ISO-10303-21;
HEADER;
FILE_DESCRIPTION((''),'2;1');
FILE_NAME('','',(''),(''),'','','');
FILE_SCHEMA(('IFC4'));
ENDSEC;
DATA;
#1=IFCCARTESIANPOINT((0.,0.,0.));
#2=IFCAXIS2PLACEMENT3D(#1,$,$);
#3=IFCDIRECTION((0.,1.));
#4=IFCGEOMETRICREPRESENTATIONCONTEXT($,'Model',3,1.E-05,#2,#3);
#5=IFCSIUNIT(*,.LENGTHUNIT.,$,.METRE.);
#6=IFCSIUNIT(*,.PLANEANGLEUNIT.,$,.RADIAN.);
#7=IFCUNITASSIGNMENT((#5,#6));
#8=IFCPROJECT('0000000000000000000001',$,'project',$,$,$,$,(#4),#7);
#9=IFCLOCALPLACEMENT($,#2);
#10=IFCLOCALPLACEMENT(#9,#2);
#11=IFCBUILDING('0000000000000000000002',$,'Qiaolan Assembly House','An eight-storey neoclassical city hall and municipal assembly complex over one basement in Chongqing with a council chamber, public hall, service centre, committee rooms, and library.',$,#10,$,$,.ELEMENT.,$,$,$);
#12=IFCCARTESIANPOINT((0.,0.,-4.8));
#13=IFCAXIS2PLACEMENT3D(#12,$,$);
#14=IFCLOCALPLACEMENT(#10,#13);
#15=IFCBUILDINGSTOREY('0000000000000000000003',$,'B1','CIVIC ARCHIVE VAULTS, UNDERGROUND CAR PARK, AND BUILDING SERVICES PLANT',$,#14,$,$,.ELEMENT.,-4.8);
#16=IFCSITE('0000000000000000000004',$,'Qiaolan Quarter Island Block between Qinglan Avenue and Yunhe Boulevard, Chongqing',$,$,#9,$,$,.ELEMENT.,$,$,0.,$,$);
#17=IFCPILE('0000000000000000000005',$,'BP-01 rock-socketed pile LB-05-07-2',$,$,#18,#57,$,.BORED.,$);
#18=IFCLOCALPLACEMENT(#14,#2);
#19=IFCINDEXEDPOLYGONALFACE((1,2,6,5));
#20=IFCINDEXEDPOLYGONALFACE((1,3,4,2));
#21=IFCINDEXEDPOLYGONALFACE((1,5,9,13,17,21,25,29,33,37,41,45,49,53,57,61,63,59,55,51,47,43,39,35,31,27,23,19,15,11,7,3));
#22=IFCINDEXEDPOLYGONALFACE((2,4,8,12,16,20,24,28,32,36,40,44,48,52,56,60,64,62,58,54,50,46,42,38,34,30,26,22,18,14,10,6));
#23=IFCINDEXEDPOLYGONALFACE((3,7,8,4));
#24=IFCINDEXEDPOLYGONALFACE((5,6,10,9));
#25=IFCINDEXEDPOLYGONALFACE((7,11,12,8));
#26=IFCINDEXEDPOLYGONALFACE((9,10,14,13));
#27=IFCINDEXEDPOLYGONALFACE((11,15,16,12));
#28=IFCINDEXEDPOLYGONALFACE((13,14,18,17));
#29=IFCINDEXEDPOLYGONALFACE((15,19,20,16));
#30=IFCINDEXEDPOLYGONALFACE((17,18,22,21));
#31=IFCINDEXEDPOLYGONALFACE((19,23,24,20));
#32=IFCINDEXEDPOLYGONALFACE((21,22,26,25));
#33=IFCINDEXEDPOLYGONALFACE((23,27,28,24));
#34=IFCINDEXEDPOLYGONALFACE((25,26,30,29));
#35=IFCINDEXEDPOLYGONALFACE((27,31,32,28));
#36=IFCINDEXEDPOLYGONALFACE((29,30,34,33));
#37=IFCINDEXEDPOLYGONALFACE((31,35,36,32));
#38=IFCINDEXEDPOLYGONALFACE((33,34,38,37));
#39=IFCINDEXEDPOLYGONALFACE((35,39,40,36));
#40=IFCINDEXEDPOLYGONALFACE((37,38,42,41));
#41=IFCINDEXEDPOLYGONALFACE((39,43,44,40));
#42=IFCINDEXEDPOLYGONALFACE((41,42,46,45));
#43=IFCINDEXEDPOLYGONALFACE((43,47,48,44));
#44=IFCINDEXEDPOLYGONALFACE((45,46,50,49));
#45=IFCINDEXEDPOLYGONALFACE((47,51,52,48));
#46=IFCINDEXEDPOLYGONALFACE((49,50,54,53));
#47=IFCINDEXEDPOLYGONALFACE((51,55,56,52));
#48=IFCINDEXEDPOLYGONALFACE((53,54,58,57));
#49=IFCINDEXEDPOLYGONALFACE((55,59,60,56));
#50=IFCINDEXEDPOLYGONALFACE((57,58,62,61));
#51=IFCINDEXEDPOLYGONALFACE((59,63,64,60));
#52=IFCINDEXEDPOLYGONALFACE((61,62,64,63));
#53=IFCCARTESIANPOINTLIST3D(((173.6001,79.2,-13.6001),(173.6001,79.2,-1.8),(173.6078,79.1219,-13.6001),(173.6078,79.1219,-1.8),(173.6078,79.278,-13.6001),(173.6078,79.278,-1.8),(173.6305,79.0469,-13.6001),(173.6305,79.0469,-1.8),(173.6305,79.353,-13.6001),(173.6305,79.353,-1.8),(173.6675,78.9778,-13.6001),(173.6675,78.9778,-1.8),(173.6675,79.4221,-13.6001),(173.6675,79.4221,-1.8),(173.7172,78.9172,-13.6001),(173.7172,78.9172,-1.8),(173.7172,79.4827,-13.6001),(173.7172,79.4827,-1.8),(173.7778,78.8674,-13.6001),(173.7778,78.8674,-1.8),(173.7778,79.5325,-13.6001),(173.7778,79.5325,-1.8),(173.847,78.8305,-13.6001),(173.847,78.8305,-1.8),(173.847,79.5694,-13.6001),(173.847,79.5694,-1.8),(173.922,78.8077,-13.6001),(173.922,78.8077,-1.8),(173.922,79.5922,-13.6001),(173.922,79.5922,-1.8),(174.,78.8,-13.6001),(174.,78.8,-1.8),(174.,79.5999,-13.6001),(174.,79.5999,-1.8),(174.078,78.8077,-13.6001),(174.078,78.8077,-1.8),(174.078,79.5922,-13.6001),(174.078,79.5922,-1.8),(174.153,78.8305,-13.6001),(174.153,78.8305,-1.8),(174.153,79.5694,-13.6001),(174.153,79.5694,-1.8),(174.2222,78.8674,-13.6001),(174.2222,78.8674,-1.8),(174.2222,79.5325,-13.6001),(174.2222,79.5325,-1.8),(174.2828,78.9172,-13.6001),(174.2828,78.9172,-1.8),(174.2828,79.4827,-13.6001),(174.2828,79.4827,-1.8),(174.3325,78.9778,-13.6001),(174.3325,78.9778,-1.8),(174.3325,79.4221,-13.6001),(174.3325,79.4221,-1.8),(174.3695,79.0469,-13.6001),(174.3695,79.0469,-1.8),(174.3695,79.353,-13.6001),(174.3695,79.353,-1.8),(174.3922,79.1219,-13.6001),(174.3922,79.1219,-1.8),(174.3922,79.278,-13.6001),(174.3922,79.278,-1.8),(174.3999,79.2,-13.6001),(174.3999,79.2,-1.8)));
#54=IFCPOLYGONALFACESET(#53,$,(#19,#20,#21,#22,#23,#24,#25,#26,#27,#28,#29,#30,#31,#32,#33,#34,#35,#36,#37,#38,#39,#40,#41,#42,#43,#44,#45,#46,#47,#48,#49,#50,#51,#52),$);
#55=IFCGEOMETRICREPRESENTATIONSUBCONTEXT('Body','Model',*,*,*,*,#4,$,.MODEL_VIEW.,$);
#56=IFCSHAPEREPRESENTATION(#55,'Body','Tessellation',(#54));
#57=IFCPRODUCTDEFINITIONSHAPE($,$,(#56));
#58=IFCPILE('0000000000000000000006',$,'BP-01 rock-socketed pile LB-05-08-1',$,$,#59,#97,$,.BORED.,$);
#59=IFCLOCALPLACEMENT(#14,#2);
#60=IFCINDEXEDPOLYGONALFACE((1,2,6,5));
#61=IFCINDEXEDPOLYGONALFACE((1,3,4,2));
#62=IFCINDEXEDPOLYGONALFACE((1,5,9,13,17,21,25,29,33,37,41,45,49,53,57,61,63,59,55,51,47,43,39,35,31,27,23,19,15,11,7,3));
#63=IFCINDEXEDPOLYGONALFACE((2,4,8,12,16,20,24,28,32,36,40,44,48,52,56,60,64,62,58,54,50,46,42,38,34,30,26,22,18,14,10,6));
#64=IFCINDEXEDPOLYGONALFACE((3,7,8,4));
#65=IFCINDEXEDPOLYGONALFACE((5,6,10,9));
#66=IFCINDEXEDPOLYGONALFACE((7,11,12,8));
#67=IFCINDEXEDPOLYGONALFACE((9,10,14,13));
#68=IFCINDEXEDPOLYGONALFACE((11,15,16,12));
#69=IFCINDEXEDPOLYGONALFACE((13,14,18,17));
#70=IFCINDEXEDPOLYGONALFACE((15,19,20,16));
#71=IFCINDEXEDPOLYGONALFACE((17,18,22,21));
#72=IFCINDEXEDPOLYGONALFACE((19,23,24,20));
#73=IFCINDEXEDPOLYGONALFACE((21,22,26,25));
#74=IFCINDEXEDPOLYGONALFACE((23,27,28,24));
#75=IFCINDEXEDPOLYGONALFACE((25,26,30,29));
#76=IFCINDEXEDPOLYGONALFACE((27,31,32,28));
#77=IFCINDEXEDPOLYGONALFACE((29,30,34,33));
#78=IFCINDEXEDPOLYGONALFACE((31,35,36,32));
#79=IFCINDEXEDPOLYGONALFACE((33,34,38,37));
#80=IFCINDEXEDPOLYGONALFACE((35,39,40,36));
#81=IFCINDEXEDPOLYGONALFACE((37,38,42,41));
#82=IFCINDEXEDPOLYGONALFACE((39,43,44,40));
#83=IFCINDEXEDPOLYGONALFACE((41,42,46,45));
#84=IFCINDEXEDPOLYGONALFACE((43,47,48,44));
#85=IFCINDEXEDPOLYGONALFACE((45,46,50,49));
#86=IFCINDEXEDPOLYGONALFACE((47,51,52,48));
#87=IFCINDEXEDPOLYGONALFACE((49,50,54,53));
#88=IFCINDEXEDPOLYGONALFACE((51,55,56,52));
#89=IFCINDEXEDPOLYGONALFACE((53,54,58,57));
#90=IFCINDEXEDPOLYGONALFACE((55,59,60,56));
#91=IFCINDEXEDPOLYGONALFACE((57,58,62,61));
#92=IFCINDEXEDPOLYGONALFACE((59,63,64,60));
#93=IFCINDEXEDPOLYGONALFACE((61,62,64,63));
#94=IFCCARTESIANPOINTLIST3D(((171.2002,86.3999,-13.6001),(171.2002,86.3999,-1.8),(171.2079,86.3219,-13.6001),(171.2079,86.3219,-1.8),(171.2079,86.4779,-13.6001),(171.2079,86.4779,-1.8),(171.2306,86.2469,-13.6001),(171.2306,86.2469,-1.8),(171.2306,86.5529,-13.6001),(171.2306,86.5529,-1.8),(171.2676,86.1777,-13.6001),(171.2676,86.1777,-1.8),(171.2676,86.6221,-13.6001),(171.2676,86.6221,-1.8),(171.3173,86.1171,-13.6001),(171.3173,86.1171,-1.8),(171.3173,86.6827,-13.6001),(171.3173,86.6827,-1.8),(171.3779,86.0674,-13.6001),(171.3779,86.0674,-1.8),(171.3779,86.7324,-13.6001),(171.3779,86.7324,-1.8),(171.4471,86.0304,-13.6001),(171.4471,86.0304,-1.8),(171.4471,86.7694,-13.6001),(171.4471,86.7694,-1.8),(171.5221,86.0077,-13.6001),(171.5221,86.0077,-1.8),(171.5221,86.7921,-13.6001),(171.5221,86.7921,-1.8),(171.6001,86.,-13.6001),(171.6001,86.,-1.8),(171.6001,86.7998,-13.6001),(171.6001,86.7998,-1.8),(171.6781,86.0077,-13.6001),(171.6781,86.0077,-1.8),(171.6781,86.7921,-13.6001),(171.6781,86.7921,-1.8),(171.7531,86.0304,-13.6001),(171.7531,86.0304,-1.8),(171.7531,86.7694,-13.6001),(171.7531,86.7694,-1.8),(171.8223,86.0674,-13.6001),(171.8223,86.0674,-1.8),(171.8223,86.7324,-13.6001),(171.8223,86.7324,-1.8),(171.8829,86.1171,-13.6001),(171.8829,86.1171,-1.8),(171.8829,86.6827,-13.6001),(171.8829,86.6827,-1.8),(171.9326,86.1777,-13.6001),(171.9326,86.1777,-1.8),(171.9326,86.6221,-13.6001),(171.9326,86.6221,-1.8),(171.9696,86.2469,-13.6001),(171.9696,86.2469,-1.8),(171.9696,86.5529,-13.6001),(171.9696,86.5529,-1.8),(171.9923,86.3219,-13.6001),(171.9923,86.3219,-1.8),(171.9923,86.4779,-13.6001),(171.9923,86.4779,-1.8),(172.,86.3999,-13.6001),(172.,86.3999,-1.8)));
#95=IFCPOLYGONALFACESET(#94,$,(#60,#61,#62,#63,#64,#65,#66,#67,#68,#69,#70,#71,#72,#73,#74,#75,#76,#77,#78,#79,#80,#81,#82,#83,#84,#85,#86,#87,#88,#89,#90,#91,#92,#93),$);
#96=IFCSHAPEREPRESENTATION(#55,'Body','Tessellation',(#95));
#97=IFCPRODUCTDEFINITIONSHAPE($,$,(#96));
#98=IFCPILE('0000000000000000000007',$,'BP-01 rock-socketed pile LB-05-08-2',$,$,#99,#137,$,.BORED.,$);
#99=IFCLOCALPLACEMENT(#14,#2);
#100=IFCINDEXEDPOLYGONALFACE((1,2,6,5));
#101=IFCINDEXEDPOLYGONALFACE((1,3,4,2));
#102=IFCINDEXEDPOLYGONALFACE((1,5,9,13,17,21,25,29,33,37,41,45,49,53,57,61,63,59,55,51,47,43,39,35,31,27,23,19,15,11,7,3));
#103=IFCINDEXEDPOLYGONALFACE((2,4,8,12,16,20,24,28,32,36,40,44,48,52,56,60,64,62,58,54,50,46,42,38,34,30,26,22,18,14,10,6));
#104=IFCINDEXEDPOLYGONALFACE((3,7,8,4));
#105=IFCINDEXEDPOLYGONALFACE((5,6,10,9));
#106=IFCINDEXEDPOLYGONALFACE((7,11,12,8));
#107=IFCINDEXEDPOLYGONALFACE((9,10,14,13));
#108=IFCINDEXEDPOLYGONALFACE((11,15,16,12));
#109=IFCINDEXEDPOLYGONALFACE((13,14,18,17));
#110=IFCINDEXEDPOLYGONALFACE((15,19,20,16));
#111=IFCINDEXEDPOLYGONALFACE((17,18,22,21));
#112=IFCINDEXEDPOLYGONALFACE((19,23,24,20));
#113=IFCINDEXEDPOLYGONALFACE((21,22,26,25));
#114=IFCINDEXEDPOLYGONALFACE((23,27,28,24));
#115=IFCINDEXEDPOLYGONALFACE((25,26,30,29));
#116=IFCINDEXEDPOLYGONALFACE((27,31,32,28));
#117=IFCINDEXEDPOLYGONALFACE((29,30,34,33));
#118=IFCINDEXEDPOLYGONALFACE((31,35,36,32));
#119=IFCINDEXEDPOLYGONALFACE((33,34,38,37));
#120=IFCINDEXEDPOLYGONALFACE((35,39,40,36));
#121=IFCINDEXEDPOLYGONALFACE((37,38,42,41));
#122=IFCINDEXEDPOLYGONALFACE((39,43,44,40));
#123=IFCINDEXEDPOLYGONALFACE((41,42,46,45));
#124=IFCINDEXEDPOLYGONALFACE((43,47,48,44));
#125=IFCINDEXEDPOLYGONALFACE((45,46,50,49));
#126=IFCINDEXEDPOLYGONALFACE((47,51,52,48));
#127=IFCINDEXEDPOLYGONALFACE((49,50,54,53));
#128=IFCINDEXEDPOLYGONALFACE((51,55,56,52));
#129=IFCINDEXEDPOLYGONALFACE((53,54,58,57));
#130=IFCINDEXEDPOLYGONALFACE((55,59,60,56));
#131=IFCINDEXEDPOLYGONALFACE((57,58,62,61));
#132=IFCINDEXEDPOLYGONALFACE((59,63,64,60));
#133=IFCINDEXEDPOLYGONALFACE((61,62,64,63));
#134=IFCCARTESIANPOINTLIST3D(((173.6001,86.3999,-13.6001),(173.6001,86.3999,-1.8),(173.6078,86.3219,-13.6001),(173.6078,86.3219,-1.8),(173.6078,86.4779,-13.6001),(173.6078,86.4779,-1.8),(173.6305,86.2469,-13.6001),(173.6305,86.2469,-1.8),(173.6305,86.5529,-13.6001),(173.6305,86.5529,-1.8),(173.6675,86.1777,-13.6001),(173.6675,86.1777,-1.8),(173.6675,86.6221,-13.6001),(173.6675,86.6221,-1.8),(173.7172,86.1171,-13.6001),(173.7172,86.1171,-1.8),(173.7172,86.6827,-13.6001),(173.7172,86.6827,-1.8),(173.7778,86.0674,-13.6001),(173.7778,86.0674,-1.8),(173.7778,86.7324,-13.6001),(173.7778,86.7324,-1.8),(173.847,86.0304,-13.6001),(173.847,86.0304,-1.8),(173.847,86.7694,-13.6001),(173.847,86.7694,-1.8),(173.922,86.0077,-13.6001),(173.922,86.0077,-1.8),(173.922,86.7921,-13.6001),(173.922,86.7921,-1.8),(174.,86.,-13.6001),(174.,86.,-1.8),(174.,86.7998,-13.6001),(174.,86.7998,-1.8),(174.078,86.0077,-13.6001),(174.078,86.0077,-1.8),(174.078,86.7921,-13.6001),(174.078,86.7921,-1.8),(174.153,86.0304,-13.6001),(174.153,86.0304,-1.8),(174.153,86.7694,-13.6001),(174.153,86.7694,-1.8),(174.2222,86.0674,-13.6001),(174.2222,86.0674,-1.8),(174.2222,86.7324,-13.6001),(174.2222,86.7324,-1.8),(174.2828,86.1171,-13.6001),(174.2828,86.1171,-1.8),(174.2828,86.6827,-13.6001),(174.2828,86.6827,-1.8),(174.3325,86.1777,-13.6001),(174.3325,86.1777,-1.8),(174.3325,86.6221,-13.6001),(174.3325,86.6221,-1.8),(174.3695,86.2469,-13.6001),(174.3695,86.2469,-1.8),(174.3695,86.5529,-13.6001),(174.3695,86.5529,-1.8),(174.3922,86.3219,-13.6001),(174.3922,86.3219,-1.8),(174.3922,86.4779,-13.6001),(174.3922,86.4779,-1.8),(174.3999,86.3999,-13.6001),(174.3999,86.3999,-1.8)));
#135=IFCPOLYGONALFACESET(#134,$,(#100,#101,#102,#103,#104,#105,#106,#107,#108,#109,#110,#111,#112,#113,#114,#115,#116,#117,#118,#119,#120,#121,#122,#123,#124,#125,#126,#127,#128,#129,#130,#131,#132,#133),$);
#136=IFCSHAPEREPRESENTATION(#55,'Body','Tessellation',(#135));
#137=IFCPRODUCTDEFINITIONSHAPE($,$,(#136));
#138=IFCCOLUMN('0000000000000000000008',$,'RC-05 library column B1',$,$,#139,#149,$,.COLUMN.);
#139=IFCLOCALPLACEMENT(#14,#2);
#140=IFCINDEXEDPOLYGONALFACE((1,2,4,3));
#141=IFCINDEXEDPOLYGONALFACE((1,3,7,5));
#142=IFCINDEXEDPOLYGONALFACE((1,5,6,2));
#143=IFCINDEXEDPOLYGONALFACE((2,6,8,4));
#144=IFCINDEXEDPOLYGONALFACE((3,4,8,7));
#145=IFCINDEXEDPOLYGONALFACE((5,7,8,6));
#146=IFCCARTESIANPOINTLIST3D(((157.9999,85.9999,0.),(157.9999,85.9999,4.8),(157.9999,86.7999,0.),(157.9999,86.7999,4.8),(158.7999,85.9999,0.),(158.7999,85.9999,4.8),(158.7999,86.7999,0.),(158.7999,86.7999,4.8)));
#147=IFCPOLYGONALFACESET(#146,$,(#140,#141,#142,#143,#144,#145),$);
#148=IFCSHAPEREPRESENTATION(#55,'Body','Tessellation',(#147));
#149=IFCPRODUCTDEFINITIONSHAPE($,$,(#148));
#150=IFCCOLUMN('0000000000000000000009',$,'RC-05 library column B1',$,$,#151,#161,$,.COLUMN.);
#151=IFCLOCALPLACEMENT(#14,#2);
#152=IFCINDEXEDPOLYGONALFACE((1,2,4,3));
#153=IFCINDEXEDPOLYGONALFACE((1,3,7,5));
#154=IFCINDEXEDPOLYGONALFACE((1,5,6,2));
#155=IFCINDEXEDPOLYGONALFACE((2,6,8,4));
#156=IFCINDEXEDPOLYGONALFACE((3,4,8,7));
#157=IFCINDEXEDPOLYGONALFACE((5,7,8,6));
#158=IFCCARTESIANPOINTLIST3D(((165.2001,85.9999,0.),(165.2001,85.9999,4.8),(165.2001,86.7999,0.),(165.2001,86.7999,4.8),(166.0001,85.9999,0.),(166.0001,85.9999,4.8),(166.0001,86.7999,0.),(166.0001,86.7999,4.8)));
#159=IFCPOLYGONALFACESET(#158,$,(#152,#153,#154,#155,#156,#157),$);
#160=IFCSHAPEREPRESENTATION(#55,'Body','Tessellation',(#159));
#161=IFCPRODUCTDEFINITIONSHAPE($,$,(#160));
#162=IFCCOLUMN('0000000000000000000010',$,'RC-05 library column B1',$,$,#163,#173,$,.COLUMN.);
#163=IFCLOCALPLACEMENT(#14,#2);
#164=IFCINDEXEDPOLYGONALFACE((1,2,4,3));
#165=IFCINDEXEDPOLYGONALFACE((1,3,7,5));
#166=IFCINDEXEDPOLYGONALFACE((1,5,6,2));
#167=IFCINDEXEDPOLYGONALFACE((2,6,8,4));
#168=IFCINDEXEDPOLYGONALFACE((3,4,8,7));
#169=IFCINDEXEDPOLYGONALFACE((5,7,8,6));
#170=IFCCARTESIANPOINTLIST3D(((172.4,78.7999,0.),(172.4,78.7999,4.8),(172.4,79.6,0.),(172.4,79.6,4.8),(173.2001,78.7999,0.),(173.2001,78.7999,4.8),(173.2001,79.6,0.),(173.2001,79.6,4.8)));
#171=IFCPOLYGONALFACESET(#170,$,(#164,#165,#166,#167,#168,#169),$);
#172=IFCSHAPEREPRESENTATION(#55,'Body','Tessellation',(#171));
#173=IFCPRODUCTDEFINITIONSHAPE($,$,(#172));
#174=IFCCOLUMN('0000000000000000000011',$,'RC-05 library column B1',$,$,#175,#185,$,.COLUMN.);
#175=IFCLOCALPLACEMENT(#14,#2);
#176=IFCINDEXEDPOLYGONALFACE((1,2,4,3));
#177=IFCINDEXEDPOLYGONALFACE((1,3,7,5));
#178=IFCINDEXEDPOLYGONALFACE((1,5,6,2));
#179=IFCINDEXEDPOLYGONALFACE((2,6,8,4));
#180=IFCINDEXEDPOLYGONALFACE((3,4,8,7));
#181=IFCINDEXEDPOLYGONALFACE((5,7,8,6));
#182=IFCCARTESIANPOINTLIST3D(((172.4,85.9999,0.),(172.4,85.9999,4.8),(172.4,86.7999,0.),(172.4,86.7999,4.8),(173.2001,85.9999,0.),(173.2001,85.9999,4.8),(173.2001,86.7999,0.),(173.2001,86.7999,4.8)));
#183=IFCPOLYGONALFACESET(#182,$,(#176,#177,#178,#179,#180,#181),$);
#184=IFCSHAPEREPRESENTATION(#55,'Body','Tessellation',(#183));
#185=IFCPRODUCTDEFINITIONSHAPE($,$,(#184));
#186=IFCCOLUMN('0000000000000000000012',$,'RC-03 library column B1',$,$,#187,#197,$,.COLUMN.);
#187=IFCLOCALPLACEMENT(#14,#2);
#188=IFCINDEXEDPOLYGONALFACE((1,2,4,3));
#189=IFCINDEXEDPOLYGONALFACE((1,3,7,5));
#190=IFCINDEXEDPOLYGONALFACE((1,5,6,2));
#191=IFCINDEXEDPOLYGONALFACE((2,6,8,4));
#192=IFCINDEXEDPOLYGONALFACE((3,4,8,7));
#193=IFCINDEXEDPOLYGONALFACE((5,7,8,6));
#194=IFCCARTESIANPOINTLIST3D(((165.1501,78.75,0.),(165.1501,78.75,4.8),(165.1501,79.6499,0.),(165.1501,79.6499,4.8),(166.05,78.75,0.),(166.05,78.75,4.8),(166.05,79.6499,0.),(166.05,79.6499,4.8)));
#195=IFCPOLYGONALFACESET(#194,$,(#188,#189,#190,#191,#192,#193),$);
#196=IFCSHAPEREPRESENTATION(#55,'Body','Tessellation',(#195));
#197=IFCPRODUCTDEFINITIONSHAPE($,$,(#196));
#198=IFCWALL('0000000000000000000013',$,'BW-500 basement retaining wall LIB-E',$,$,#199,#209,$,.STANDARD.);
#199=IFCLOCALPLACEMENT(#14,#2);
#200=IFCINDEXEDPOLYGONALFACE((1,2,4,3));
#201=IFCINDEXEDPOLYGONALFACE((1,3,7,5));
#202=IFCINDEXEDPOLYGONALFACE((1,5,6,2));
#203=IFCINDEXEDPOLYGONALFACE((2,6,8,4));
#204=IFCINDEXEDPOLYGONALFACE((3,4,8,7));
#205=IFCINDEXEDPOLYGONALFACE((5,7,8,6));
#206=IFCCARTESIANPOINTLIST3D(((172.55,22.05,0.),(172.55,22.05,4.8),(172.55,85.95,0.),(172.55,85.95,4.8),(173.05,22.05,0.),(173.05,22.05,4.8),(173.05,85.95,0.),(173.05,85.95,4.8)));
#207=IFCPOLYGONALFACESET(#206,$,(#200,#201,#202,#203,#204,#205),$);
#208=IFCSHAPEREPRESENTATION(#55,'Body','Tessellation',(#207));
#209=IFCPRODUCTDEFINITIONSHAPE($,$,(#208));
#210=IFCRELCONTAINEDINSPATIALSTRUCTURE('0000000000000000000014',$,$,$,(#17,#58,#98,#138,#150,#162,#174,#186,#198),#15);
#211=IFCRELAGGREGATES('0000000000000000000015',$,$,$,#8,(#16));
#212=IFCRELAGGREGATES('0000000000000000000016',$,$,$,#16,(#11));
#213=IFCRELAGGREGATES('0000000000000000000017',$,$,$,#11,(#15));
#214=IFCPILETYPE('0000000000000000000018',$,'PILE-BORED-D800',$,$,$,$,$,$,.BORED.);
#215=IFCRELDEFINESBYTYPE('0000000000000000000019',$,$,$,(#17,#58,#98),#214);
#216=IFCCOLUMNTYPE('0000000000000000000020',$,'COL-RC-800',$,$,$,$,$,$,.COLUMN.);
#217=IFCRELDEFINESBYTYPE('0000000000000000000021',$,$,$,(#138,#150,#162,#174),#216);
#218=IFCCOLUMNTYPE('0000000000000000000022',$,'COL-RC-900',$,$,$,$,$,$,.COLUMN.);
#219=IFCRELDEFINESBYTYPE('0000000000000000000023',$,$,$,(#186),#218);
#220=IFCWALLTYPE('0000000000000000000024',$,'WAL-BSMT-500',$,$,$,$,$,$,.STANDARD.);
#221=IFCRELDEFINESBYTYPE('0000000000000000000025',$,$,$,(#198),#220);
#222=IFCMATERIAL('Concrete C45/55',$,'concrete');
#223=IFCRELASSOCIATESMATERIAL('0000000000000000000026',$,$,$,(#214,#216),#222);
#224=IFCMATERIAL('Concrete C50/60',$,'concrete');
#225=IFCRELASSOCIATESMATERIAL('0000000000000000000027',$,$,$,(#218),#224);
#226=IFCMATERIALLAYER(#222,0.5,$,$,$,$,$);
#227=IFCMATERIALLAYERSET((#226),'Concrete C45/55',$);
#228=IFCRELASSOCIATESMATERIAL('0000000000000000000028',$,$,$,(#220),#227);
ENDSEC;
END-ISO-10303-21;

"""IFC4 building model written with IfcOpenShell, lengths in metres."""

from ifc_helpers import new_model, si_unit, direction, frame, frame_2d, origin, origin_2d, place, context, subcontext, project, spatial, rectangle, circle, extrude, material, layer, layer_set, material_profile, profile_set, type_object, element, save


model = new_model("IFC4")

# Units and contexts
model_context = context("Model", 3, precision=1e-05, world=origin(), true_north=direction((0.0, 1.0)))
body_context = subcontext(model_context, "Body", "Model", "MODEL_VIEW")
ifc_project = project(units=[si_unit("LENGTHUNIT", "METRE"), si_unit("PLANEANGLEUNIT", "RADIAN")], contexts=[model_context])

# Site, building, storey
site_placement = place(None, origin())
site = spatial("IfcSite", under=ifc_project, at=site_placement, Name="Qiaolan Quarter Island Block between Qinglan Avenue and Yunhe Boulevard, Chongqing", CompositionType="ELEMENT", RefElevation=0.0)
building_placement = place(site_placement, origin())
building = spatial("IfcBuilding", under=site, at=building_placement, Name="Qiaolan Assembly House", Description="An eight-storey neoclassical city hall and municipal assembly complex over one basement in Chongqing with a council chamber, public hall, service centre, committee rooms, and library.", CompositionType="ELEMENT")
storey_placement = place(building_placement, frame((0.0, 0.0, -4.8)))
storey = spatial("IfcBuildingStorey", under=building, at=storey_placement, Name="B1", Description="CIVIC ARCHIVE VAULTS, UNDERGROUND CAR PARK, AND BUILDING SERVICES PLANT", CompositionType="ELEMENT", Elevation=-4.8)

# Piles
ifc_material_1 = material(Name="Concrete C45/55", Category="concrete")
ifc_material_profile_1 = material_profile(ifc_material_1, circle(Radius=0.3999, at=origin_2d()), Name="PILE D800")
ifc_profile_set_1 = profile_set([ifc_material_profile_1], Name="Concrete C45/55")
pile_type = type_object("IfcPileType", Name="PILE-BORED-D800", PredefinedType="BORED", material=ifc_profile_set_1)
for number, where, z_axis, x_axis, name in (
    (1, (174.0, 79.2, -1.8), (0.0, 0.0, -1.0), (1.0, 0.0, 0.0), "BP-01 rock-socketed pile LB-05-07-2"),
    (2, (171.6001, 86.3999, -1.8), (0.0, 0.0, -1.0), (1.0, 0.0, 0.0), "BP-01 rock-socketed pile LB-05-08-1"),
    (3, (174.0, 86.3999, -1.8), (0.0, 0.0, -1.0), (1.0, 0.0, 0.0), "BP-01 rock-socketed pile LB-05-08-2"),
):
    element("IfcPile", number, at=place(storey_placement, frame(where, z_axis=z_axis, x_axis=x_axis)), inside=storey, type_object=pile_type, Name=name, PredefinedType="BORED", context=body_context, shape_type="SweptSolid", body=[
        extrude(circle(Radius=0.3999, at=origin_2d()), origin(), (0.0, 0.0, 1.0), 11.8),
    ])

# Columns
ifc_material_profile_2 = material_profile(ifc_material_1, rectangle(XDim=0.8, YDim=0.8, at=origin_2d()), Name="RC 800x800")
ifc_profile_set_2 = profile_set([ifc_material_profile_2], Name="Concrete C45/55")
column_type_1 = type_object("IfcColumnType", Name="COL-RC-800", PredefinedType="COLUMN", material=ifc_profile_set_2)
for number, where, z_axis, x_axis, name in (
    (4, (158.3999, 86.3999, 0.0), (0.0, 0.0, 1.0), (1.0, 0.0, 0.0), "RC-05 library column B1"),
    (5, (165.6001, 86.3999, 0.0), (0.0, 0.0, 1.0), (1.0, 0.0, 0.0), "RC-05 library column B1"),
    (6, (172.8, 79.2, 0.0), (0.0, 0.0, 1.0), (1.0, 0.0, 0.0), "RC-05 library column B1"),
    (7, (172.8, 86.3999, 0.0), (0.0, 0.0, 1.0), (1.0, 0.0, 0.0), "RC-05 library column B1"),
):
    element("IfcColumn", number, at=place(storey_placement, frame(where, z_axis=z_axis, x_axis=x_axis)), inside=storey, type_object=column_type_1, Name=name, PredefinedType="COLUMN", context=body_context, shape_type="SweptSolid", body=[
        extrude(rectangle(XDim=0.8, YDim=0.8, at=origin_2d()), origin(), (0.0, 0.0, 1.0), 4.8),
    ])
ifc_material_2 = material(Name="Concrete C50/60", Category="concrete")
ifc_material_profile_3 = material_profile(ifc_material_2, rectangle(XDim=0.8999, YDim=0.8999, at=origin_2d()), Name="RC 900x900")
ifc_profile_set_3 = profile_set([ifc_material_profile_3], Name="Concrete C50/60")
column_type_2 = type_object("IfcColumnType", Name="COL-RC-900", PredefinedType="COLUMN", material=ifc_profile_set_3)
column_placement = place(storey_placement, frame((165.6001, 79.2, 0.0), z_axis=(0.0, 0.0, 1.0), x_axis=(1.0, 0.0, 0.0)))
element("IfcColumn", 8, at=column_placement, inside=storey, type_object=column_type_2, Name="RC-03 library column B1", PredefinedType="COLUMN", context=body_context, shape_type="SweptSolid", body=[
    extrude(rectangle(XDim=0.8999, YDim=0.8999, at=origin_2d()), origin(), (0.0, 0.0, 1.0), 4.8),
])

# Wall
ifc_layer = layer(ifc_material_1, 0.5)
ifc_layer_set = layer_set([ifc_layer], Name="Concrete C45/55")
wall_type = type_object("IfcWallType", Name="WAL-BSMT-500", PredefinedType="STANDARD", material=ifc_layer_set)
wall_placement = place(storey_placement, frame((172.8, 85.95, 0.0), z_axis=(0.0, 0.0, 1.0), x_axis=(0.0, -1.0, 0.0)))
element("IfcWall", 9, at=wall_placement, inside=storey, type_object=wall_type, Name="BW-500 basement retaining wall LIB-E", PredefinedType="STANDARD", context=body_context, shape_type="SweptSolid", body=[
    extrude(rectangle(XDim=63.8999, YDim=0.5, at=frame_2d((31.95, 0.0))), origin(), (0.0, 0.0, 1.0), 4.8),
])

save(model, "model.ifc")
